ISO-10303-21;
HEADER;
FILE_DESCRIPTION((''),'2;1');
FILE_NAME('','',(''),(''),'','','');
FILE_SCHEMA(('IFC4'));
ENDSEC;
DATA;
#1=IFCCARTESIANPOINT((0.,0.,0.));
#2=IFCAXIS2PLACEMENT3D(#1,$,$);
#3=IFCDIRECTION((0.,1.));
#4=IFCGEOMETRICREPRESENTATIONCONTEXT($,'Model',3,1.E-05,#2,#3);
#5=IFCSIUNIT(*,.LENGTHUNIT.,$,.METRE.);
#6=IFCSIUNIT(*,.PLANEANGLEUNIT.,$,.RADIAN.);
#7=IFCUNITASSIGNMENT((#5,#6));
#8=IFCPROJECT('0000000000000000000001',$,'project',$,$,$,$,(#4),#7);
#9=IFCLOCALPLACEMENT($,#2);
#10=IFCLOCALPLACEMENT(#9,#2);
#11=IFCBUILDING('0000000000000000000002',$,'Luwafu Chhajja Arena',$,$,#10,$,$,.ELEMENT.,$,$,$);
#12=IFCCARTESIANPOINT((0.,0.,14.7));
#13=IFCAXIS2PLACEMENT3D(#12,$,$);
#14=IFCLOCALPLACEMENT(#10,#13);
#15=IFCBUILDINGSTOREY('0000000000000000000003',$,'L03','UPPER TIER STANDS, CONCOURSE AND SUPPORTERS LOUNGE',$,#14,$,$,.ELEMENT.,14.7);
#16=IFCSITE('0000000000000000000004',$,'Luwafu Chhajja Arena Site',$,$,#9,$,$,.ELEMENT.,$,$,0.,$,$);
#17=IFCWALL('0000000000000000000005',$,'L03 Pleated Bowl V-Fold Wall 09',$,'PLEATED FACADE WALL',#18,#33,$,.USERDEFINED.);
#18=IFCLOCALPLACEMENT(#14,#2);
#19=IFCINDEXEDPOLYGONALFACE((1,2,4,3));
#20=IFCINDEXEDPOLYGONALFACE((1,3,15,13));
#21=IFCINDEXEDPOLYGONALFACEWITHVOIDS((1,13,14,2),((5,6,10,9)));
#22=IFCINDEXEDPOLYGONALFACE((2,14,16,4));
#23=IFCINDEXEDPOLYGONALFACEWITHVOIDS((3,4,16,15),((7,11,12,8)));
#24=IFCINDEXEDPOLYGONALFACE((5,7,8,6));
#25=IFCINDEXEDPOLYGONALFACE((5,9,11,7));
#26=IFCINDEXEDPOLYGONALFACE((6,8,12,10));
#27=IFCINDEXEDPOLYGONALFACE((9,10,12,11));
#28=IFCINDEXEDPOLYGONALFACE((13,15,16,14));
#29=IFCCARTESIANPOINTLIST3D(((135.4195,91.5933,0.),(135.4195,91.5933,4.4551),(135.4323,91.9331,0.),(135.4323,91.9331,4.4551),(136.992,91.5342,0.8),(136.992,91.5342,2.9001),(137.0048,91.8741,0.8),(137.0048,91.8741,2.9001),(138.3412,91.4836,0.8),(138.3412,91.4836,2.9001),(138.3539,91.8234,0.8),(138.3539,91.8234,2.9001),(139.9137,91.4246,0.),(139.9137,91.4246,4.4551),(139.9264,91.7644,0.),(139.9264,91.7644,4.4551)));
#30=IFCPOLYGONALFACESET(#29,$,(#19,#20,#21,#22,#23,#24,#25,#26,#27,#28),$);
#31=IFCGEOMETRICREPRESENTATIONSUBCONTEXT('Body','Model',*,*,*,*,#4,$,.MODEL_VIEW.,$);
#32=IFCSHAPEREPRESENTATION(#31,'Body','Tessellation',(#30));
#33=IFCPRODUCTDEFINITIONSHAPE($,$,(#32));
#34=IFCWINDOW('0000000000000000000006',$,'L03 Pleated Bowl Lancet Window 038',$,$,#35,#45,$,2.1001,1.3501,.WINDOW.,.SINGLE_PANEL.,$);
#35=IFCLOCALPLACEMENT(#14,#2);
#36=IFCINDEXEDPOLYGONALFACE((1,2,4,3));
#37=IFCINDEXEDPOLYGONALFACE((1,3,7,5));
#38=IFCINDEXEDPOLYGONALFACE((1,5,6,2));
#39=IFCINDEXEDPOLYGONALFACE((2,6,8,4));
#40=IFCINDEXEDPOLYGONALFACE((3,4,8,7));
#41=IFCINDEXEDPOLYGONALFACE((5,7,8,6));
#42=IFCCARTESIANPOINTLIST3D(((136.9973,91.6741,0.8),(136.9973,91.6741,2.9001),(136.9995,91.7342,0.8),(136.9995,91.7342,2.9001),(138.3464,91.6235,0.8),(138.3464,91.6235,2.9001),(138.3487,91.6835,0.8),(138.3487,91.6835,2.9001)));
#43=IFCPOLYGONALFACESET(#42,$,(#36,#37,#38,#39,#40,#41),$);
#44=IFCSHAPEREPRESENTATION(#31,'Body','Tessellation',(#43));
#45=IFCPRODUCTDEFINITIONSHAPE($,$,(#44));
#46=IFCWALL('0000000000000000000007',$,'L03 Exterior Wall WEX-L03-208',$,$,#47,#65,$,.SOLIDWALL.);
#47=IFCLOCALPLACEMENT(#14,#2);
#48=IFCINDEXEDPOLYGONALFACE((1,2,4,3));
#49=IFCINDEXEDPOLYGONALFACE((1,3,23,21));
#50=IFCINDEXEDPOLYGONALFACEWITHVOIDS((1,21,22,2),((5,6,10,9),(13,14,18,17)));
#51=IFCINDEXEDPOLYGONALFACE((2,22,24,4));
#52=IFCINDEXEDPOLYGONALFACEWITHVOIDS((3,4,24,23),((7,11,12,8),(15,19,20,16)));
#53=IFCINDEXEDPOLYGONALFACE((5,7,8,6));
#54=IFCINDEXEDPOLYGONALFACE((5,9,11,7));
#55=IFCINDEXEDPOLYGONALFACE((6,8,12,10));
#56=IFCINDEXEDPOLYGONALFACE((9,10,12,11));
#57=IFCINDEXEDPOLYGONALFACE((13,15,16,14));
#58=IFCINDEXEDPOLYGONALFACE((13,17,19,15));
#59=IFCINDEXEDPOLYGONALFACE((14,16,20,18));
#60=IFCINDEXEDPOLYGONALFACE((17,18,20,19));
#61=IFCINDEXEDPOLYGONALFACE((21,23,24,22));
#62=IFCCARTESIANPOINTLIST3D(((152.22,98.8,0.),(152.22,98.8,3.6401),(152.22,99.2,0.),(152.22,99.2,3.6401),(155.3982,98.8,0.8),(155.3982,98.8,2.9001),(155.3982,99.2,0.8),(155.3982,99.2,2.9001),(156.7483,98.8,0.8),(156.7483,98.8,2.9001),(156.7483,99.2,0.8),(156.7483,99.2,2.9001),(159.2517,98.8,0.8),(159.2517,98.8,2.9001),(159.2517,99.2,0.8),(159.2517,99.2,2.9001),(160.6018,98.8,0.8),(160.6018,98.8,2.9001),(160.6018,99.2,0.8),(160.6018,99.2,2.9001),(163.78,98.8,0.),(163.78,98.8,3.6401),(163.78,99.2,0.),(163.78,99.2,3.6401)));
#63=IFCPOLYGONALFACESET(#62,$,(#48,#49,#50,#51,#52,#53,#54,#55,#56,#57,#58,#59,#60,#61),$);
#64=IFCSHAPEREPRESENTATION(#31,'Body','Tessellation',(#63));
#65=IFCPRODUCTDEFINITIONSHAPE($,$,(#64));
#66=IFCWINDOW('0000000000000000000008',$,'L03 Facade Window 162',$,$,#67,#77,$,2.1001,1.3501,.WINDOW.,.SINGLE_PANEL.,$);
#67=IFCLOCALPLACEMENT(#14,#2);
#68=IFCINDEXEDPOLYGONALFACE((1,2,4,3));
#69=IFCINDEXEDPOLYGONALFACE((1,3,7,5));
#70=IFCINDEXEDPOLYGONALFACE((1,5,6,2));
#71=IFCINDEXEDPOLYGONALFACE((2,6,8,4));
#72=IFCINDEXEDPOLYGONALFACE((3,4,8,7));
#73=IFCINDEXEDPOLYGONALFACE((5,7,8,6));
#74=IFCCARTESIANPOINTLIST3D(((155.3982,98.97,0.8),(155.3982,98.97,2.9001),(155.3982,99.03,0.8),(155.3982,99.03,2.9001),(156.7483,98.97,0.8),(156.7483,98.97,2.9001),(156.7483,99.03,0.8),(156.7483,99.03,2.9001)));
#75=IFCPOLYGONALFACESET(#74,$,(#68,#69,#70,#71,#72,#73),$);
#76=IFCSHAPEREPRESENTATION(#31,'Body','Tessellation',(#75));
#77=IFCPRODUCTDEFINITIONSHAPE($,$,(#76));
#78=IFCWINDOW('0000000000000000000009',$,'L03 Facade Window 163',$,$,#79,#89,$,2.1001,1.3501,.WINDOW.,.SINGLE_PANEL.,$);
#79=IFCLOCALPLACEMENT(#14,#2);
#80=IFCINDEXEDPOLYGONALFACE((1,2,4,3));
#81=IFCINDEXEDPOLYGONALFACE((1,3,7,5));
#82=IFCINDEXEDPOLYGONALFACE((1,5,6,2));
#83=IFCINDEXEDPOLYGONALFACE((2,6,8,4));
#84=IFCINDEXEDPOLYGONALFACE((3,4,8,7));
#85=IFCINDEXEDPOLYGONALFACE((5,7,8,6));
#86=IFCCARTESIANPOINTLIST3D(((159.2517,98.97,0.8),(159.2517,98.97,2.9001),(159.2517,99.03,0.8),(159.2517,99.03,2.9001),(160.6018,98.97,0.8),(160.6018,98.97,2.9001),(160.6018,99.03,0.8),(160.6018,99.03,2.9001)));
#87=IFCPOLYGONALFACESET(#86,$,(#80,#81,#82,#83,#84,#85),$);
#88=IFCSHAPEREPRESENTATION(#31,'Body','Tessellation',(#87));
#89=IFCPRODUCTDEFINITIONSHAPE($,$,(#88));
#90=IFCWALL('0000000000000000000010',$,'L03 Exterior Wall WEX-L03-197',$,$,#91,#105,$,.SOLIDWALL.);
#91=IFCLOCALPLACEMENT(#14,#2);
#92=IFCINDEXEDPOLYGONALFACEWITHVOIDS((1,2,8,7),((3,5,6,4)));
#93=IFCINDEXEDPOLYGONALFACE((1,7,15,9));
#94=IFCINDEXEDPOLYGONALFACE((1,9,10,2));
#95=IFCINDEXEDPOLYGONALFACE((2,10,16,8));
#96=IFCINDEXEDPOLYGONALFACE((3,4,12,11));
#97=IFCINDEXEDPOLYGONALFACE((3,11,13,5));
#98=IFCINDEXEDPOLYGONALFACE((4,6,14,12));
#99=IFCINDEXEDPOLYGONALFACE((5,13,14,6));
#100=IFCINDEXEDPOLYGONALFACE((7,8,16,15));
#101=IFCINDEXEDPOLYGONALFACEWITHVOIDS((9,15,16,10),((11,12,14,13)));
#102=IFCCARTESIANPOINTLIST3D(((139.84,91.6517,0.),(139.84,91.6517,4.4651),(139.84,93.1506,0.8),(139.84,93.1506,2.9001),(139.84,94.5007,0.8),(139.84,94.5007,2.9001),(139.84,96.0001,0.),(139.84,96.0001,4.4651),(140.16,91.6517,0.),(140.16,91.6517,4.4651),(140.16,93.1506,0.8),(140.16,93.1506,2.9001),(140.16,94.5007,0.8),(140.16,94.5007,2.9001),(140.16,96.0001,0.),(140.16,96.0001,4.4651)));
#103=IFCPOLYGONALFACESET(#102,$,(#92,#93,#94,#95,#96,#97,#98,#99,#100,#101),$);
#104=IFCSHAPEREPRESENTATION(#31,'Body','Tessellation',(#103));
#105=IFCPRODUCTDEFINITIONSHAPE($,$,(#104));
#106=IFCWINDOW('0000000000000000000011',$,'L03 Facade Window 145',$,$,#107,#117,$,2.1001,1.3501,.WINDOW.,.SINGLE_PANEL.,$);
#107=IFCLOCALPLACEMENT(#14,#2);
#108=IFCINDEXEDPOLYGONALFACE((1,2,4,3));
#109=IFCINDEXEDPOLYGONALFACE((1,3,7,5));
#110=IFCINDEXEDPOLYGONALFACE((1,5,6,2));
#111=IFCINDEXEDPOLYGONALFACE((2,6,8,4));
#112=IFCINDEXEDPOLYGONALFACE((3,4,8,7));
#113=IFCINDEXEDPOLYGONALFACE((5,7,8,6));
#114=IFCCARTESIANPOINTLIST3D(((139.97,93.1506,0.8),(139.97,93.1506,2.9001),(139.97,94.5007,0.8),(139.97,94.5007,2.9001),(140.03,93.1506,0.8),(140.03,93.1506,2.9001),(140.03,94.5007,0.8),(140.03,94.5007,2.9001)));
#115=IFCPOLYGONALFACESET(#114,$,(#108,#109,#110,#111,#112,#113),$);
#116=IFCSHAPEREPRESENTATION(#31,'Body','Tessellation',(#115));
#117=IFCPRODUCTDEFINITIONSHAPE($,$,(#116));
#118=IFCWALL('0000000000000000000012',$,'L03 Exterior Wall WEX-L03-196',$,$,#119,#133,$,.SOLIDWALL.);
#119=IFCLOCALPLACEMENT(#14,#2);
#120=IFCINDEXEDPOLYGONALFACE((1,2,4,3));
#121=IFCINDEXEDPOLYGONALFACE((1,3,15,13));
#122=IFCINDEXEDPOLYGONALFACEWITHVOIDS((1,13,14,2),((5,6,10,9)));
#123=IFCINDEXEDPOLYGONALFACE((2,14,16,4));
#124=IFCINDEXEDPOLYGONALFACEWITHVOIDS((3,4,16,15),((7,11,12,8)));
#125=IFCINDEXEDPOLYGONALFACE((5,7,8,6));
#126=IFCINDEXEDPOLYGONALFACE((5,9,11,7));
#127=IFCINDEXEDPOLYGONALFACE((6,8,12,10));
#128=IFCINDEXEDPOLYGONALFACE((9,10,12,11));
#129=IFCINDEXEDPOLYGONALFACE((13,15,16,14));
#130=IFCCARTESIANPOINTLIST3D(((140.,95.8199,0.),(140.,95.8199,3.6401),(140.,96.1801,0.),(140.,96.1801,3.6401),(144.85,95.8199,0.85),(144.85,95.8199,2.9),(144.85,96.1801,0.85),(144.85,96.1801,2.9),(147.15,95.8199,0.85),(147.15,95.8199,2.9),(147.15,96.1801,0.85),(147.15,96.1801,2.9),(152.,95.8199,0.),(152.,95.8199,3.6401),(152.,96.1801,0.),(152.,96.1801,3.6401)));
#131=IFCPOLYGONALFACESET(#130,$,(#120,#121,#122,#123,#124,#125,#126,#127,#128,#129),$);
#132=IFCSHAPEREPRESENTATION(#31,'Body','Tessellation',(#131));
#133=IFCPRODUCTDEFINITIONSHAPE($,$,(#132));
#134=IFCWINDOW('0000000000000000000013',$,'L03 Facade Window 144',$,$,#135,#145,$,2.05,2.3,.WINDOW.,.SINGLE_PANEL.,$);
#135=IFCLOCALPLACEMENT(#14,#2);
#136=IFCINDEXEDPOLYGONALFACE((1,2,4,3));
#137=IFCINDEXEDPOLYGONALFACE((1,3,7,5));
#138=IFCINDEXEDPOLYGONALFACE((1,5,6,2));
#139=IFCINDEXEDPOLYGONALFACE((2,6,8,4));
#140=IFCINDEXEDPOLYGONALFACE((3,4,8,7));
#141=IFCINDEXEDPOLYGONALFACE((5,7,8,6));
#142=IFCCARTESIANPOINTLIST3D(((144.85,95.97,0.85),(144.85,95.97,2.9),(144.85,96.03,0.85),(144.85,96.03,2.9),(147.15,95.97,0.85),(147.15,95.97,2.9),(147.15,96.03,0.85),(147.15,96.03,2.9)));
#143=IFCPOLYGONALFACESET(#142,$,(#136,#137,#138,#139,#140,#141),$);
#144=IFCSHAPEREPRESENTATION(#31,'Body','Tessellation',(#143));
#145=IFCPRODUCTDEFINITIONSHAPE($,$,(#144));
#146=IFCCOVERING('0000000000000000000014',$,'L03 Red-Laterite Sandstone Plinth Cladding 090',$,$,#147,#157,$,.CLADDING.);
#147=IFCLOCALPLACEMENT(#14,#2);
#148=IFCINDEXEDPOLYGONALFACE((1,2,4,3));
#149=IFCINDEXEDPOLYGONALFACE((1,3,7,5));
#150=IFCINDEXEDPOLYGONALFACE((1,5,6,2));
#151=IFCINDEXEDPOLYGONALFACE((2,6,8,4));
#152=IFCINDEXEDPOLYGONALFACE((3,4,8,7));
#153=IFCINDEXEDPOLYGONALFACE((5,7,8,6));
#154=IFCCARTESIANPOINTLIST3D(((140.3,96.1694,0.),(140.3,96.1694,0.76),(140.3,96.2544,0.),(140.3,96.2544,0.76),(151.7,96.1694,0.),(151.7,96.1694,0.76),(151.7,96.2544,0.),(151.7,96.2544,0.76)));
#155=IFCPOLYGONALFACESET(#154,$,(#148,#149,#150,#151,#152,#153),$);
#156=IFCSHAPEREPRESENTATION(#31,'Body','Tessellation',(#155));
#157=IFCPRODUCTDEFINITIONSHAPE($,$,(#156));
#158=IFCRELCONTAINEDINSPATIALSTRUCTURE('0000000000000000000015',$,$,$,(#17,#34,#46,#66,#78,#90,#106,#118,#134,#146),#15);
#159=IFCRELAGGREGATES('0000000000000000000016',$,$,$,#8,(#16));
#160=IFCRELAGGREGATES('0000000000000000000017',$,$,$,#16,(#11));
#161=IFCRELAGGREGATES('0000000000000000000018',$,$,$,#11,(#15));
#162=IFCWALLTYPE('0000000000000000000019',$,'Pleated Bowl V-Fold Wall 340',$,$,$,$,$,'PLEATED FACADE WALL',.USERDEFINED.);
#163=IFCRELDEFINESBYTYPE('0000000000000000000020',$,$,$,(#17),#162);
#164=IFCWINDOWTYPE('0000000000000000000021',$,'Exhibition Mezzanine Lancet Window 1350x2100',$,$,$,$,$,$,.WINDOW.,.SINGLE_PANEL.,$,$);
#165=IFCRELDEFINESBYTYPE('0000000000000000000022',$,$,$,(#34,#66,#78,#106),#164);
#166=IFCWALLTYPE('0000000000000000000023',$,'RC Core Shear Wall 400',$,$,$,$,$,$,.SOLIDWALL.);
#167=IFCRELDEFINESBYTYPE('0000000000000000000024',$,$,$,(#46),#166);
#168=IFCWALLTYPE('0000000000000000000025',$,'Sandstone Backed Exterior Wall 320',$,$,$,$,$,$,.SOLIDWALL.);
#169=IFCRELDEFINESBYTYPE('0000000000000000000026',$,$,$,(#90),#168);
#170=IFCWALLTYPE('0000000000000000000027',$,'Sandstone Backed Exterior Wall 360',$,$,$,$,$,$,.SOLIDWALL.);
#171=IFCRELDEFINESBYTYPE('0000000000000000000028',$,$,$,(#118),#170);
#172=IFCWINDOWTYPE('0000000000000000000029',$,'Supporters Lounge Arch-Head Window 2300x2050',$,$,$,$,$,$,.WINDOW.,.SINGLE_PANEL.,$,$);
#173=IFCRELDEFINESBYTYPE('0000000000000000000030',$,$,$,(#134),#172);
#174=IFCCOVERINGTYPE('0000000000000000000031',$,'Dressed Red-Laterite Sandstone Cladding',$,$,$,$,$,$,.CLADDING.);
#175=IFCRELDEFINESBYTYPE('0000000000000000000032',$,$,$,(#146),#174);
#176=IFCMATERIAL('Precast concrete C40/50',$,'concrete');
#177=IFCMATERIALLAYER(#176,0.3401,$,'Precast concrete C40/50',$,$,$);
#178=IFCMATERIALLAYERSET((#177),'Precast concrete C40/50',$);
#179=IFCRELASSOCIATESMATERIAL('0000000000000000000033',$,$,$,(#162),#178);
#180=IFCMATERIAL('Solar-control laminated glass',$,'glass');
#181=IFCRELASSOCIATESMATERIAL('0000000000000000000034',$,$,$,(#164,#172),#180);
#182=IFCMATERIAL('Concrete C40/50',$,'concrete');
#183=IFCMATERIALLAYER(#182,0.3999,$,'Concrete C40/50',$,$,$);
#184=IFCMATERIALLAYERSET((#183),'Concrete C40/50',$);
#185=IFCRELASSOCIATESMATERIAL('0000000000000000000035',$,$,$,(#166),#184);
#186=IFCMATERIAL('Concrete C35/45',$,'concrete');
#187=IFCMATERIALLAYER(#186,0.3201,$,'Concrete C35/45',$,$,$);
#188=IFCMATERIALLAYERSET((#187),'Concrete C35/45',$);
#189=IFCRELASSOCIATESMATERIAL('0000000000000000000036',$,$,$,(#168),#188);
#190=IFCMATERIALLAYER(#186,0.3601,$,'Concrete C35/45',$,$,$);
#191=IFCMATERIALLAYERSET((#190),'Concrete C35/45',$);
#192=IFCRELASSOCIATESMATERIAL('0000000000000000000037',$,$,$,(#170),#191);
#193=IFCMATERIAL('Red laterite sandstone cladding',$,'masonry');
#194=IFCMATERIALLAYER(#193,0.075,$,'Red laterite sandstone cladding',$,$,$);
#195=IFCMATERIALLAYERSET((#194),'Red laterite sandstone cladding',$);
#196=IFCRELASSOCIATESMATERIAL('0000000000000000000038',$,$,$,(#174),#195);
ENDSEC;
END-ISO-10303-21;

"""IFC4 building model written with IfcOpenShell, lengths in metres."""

from ifc_helpers import new_model, si_unit, direction, frame, frame_2d, origin, origin_2d, place, context, subcontext, project, spatial, rectangle, extrude, material, layer, layer_set, type_object, element, fill, save


model = new_model("IFC4")

# Units and contexts
model_context = context("Model", 3, precision=1e-05, world=origin(), true_north=direction((0.0, 1.0)))
body_context = subcontext(model_context, "Body", "Model", "MODEL_VIEW")
ifc_project = project(units=[si_unit("LENGTHUNIT", "METRE"), si_unit("PLANEANGLEUNIT", "RADIAN")], contexts=[model_context])

# Site, building, storey
site_placement = place(None, origin())
site = spatial("IfcSite", under=ifc_project, at=site_placement, Name="Luwafu Chhajja Arena Site", CompositionType="ELEMENT", RefElevation=0.0)
building_placement = place(site_placement, origin())
building = spatial("IfcBuilding", under=site, at=building_placement, Name="Luwafu Chhajja Arena", CompositionType="ELEMENT")
storey_placement = place(building_placement, frame((0.0, 0.0, 14.7)))
storey = spatial("IfcBuildingStorey", under=building, at=storey_placement, Name="L03", Description="UPPER TIER STANDS, CONCOURSE AND SUPPORTERS LOUNGE", CompositionType="ELEMENT", Elevation=14.7)

# Shared definitions
ifc_material_1 = material(Name="Concrete C35/45", Category="concrete")

# Shared definitions
ifc_material_2 = material(Name="Concrete C40/50", Category="concrete")

# Wall, opening, window
ifc_material_3 = material(Name="Precast concrete C40/50", Category="concrete")
ifc_layer_1 = layer(ifc_material_3, 0.3401, Name="Precast concrete C40/50")
ifc_layer_set_1 = layer_set([ifc_layer_1], Name="Precast concrete C40/50")
wall_type_1 = type_object("IfcWallType", Name="Pleated Bowl V-Fold Wall 340", ElementType="PLEATED FACADE WALL", PredefinedType="USERDEFINED", material=ifc_layer_set_1)
wall_1_placement = place(storey_placement, frame((139.9199, 91.5945, 0.0), z_axis=(0.0, 0.0, 1.0), x_axis=(-0.999296, 0.037512, 0.0)))
wall_1 = element("IfcWall", 1, at=wall_1_placement, inside=storey, type_object=wall_type_1, Name="L03 Pleated Bowl V-Fold Wall 09", ObjectType="PLEATED FACADE WALL", PredefinedType="USERDEFINED", context=body_context, shape_type="SweptSolid", body=[
    extrude(rectangle(XDim=4.4973, YDim=0.3401, at=frame_2d((2.2485, 0.0))), origin(), (0.0, 0.0, 1.0), 4.4551),
])
opening_1_placement = place(wall_1_placement, frame((1.5735, 0.0, 0.8)))
opening_1 = element("IfcOpeningElement", 2, at=opening_1_placement, cuts=wall_1, PredefinedType="OPENING", context=body_context, shape_type="SweptSolid", body=[
    extrude(rectangle(XDim=1.3501, YDim=2.1001, at=frame_2d((0.675, 1.05))), frame((0.0, 0.1799, 0.0), z_axis=(0.0, -1.0, 0.0), x_axis=(1.0, 0.0, 0.0)), (0.0, 0.0, 1.0), 0.3601),
])
ifc_material_4 = material(Name="Solar-control laminated glass", Category="glass")
window_type_1 = type_object("IfcWindowType", Name="Exhibition Mezzanine Lancet Window 1350x2100", PartitioningType="SINGLE_PANEL", PredefinedType="WINDOW", material=ifc_material_4)
window_1_placement = place(opening_1_placement, origin())
window_1 = element("IfcWindow", 3, at=window_1_placement, inside=storey, type_object=window_type_1, Name="L03 Pleated Bowl Lancet Window 038", OverallHeight=2.1001, OverallWidth=1.3501, PartitioningType="SINGLE_PANEL", PredefinedType="WINDOW", context=body_context, shape_type="SweptSolid", body=[
    extrude(rectangle(XDim=1.3501, YDim=2.1001, at=frame_2d((0.675, 1.05))), frame((0.0, 0.03, 0.0), z_axis=(0.0, -1.0, 0.0), x_axis=(1.0, 0.0, 0.0)), (0.0, 0.0, 1.0), 0.0601),
])
fill(opening_1, window_1)

# Wall, openings, windows
ifc_layer_2 = layer(ifc_material_2, 0.3999, Name="Concrete C40/50")
ifc_layer_set_2 = layer_set([ifc_layer_2], Name="Concrete C40/50")
wall_type_2 = type_object("IfcWallType", Name="RC Core Shear Wall 400", PredefinedType="SOLIDWALL", material=ifc_layer_set_2)
wall_2_placement = place(storey_placement, frame((152.22, 99.0, 0.0), z_axis=(0.0, 0.0, 1.0), x_axis=(1.0, 0.0, 0.0)))
wall_2 = element("IfcWall", 4, at=wall_2_placement, inside=storey, type_object=wall_type_2, Name="L03 Exterior Wall WEX-L03-208", PredefinedType="SOLIDWALL", context=body_context, shape_type="SweptSolid", body=[
    extrude(rectangle(XDim=11.5601, YDim=0.3999, at=frame_2d((5.78, 0.0))), origin(), (0.0, 0.0, 1.0), 3.6401),
])
opening_2_placement = place(wall_2_placement, frame((3.1782, 0.0, 0.8)))
opening_2 = element("IfcOpeningElement", 5, at=opening_2_placement, cuts=wall_2, PredefinedType="OPENING", context=body_context, shape_type="SweptSolid", body=[
    extrude(rectangle(XDim=1.3501, YDim=2.1001, at=frame_2d((0.675, 1.05))), frame((0.0, 0.21, 0.0), z_axis=(0.0, -1.0, 0.0), x_axis=(1.0, 0.0, 0.0)), (0.0, 0.0, 1.0), 0.4199),
])
opening_3_placement = place(wall_2_placement, frame((7.0317, 0.0, 0.8)))
opening_3 = element("IfcOpeningElement", 6, at=opening_3_placement, cuts=wall_2, PredefinedType="OPENING", context=body_context, shape_type="SweptSolid", body=[
    extrude(rectangle(XDim=1.3501, YDim=2.1001, at=frame_2d((0.675, 1.05))), frame((0.0, 0.21, 0.0), z_axis=(0.0, -1.0, 0.0), x_axis=(1.0, 0.0, 0.0)), (0.0, 0.0, 1.0), 0.4199),
])
window_2_placement = place(opening_2_placement, origin())
window_2 = element("IfcWindow", 7, at=window_2_placement, inside=storey, type_object=window_type_1, Name="L03 Facade Window 162", OverallHeight=2.1001, OverallWidth=1.3501, PartitioningType="SINGLE_PANEL", PredefinedType="WINDOW", context=body_context, shape_type="SweptSolid", body=[
    extrude(rectangle(XDim=1.3501, YDim=2.1001, at=frame_2d((0.675, 1.05))), frame((0.0, 0.03, 0.0), z_axis=(0.0, -1.0, 0.0), x_axis=(1.0, 0.0, 0.0)), (0.0, 0.0, 1.0), 0.0601),
])
fill(opening_2, window_2)
window_3_placement = place(opening_3_placement, origin())
window_3 = element("IfcWindow", 8, at=window_3_placement, inside=storey, type_object=window_type_1, Name="L03 Facade Window 163", OverallHeight=2.1001, OverallWidth=1.3501, PartitioningType="SINGLE_PANEL", PredefinedType="WINDOW", context=body_context, shape_type="SweptSolid", body=[
    extrude(rectangle(XDim=1.3501, YDim=2.1001, at=frame_2d((0.675, 1.05))), frame((0.0, 0.03, 0.0), z_axis=(0.0, -1.0, 0.0), x_axis=(1.0, 0.0, 0.0)), (0.0, 0.0, 1.0), 0.0601),
])
fill(opening_3, window_3)

# Walls, openings, windows
ifc_layer_3 = layer(ifc_material_1, 0.3201, Name="Concrete C35/45")
ifc_layer_set_3 = layer_set([ifc_layer_3], Name="Concrete C35/45")
wall_type_3 = type_object("IfcWallType", Name="Sandstone Backed Exterior Wall 320", PredefinedType="SOLIDWALL", material=ifc_layer_set_3)
wall_3_placement = place(storey_placement, frame((140.0, 91.6516, 0.0), z_axis=(0.0, 0.0, 1.0), x_axis=(0.0, 1.0, 0.0)))
wall_3 = element("IfcWall", 9, at=wall_3_placement, inside=storey, type_object=wall_type_3, Name="L03 Exterior Wall WEX-L03-197", PredefinedType="SOLIDWALL", context=body_context, shape_type="SweptSolid", body=[
    extrude(rectangle(XDim=4.3484, YDim=0.3201, at=frame_2d((2.1743, 0.0))), origin(), (0.0, 0.0, 1.0), 4.4651),
])
opening_4_placement = place(wall_3_placement, frame((1.499, 0.0, 0.8)))
opening_4 = element("IfcOpeningElement", 10, at=opening_4_placement, cuts=wall_3, PredefinedType="OPENING", context=body_context, shape_type="SweptSolid", body=[
    extrude(rectangle(XDim=1.3501, YDim=2.1001, at=frame_2d((0.675, 1.05))), frame((0.0, 0.1699, 0.0), z_axis=(0.0, -1.0, 0.0), x_axis=(1.0, 0.0, 0.0)), (0.0, 0.0, 1.0), 0.3401),
])
window_4_placement = place(opening_4_placement, origin())
window_4 = element("IfcWindow", 11, at=window_4_placement, inside=storey, type_object=window_type_1, Name="L03 Facade Window 145", OverallHeight=2.1001, OverallWidth=1.3501, PartitioningType="SINGLE_PANEL", PredefinedType="WINDOW", context=body_context, shape_type="SweptSolid", body=[
    extrude(rectangle(XDim=1.3501, YDim=2.1001, at=frame_2d((0.675, 1.05))), frame((0.0, 0.03, 0.0), z_axis=(0.0, -1.0, 0.0), x_axis=(1.0, 0.0, 0.0)), (0.0, 0.0, 1.0), 0.0601),
])
fill(opening_4, window_4)
ifc_layer_4 = layer(ifc_material_1, 0.3601, Name="Concrete C35/45")
ifc_layer_set_4 = layer_set([ifc_layer_4], Name="Concrete C35/45")
wall_type_4 = type_object("IfcWallType", Name="Sandstone Backed Exterior Wall 360", PredefinedType="SOLIDWALL", material=ifc_layer_set_4)
wall_4_placement = place(storey_placement, frame((140.0, 96.0, 0.0), z_axis=(0.0, 0.0, 1.0), x_axis=(1.0, 0.0, 0.0)))
wall_4 = element("IfcWall", 12, at=wall_4_placement, inside=storey, type_object=wall_type_4, Name="L03 Exterior Wall WEX-L03-196", PredefinedType="SOLIDWALL", context=body_context, shape_type="SweptSolid", body=[
    extrude(rectangle(XDim=12.0, YDim=0.3601, at=frame_2d((6.0, 0.0))), origin(), (0.0, 0.0, 1.0), 3.6401),
])
opening_5_placement = place(wall_4_placement, frame((4.8501, 0.0, 0.8501)))
opening_5 = element("IfcOpeningElement", 13, at=opening_5_placement, cuts=wall_4, PredefinedType="OPENING", context=body_context, shape_type="SweptSolid", body=[
    extrude(rectangle(XDim=2.3, YDim=2.05, at=frame_2d((1.1499, 1.0249))), frame((0.0, 0.1899, 0.0), z_axis=(0.0, -1.0, 0.0), x_axis=(1.0, 0.0, 0.0)), (0.0, 0.0, 1.0), 0.3801),
])
window_type_2 = type_object("IfcWindowType", Name="Supporters Lounge Arch-Head Window 2300x2050", PartitioningType="SINGLE_PANEL", PredefinedType="WINDOW", material=ifc_material_4)
window_5_placement = place(opening_5_placement, origin())
window_5 = element("IfcWindow", 14, at=window_5_placement, inside=storey, type_object=window_type_2, Name="L03 Facade Window 144", OverallHeight=2.05, OverallWidth=2.3, PartitioningType="SINGLE_PANEL", PredefinedType="WINDOW", context=body_context, shape_type="SweptSolid", body=[
    extrude(rectangle(XDim=2.3, YDim=2.05, at=frame_2d((1.1499, 1.0249))), frame((0.0, 0.03, 0.0), z_axis=(0.0, -1.0, 0.0), x_axis=(1.0, 0.0, 0.0)), (0.0, 0.0, 1.0), 0.0601),
])
fill(opening_5, window_5)

# Covering
ifc_material_5 = material(Name="Red laterite sandstone cladding", Category="masonry")
ifc_layer_5 = layer(ifc_material_5, 0.075, Name="Red laterite sandstone cladding")
ifc_layer_set_5 = layer_set([ifc_layer_5], Name="Red laterite sandstone cladding")
covering_type = type_object("IfcCoveringType", Name="Dressed Red-Laterite Sandstone Cladding", PredefinedType="CLADDING", material=ifc_layer_set_5)
covering_1_placement = place(storey_placement, frame((146.0, 96.2119, 0.0), z_axis=(0.0, 0.0, 1.0), x_axis=(1.0, 0.0, 0.0)))
element("IfcCovering", 15, at=covering_1_placement, inside=storey, type_object=covering_type, Name="L03 Red-Laterite Sandstone Plinth Cladding 090", PredefinedType="CLADDING", context=body_context, shape_type="SweptSolid", body=[
    extrude(rectangle(XDim=11.3999, YDim=0.085, at=origin_2d()), origin(), (0.0, 0.0, 1.0), 0.76),
])

save(model, "model.ifc")
